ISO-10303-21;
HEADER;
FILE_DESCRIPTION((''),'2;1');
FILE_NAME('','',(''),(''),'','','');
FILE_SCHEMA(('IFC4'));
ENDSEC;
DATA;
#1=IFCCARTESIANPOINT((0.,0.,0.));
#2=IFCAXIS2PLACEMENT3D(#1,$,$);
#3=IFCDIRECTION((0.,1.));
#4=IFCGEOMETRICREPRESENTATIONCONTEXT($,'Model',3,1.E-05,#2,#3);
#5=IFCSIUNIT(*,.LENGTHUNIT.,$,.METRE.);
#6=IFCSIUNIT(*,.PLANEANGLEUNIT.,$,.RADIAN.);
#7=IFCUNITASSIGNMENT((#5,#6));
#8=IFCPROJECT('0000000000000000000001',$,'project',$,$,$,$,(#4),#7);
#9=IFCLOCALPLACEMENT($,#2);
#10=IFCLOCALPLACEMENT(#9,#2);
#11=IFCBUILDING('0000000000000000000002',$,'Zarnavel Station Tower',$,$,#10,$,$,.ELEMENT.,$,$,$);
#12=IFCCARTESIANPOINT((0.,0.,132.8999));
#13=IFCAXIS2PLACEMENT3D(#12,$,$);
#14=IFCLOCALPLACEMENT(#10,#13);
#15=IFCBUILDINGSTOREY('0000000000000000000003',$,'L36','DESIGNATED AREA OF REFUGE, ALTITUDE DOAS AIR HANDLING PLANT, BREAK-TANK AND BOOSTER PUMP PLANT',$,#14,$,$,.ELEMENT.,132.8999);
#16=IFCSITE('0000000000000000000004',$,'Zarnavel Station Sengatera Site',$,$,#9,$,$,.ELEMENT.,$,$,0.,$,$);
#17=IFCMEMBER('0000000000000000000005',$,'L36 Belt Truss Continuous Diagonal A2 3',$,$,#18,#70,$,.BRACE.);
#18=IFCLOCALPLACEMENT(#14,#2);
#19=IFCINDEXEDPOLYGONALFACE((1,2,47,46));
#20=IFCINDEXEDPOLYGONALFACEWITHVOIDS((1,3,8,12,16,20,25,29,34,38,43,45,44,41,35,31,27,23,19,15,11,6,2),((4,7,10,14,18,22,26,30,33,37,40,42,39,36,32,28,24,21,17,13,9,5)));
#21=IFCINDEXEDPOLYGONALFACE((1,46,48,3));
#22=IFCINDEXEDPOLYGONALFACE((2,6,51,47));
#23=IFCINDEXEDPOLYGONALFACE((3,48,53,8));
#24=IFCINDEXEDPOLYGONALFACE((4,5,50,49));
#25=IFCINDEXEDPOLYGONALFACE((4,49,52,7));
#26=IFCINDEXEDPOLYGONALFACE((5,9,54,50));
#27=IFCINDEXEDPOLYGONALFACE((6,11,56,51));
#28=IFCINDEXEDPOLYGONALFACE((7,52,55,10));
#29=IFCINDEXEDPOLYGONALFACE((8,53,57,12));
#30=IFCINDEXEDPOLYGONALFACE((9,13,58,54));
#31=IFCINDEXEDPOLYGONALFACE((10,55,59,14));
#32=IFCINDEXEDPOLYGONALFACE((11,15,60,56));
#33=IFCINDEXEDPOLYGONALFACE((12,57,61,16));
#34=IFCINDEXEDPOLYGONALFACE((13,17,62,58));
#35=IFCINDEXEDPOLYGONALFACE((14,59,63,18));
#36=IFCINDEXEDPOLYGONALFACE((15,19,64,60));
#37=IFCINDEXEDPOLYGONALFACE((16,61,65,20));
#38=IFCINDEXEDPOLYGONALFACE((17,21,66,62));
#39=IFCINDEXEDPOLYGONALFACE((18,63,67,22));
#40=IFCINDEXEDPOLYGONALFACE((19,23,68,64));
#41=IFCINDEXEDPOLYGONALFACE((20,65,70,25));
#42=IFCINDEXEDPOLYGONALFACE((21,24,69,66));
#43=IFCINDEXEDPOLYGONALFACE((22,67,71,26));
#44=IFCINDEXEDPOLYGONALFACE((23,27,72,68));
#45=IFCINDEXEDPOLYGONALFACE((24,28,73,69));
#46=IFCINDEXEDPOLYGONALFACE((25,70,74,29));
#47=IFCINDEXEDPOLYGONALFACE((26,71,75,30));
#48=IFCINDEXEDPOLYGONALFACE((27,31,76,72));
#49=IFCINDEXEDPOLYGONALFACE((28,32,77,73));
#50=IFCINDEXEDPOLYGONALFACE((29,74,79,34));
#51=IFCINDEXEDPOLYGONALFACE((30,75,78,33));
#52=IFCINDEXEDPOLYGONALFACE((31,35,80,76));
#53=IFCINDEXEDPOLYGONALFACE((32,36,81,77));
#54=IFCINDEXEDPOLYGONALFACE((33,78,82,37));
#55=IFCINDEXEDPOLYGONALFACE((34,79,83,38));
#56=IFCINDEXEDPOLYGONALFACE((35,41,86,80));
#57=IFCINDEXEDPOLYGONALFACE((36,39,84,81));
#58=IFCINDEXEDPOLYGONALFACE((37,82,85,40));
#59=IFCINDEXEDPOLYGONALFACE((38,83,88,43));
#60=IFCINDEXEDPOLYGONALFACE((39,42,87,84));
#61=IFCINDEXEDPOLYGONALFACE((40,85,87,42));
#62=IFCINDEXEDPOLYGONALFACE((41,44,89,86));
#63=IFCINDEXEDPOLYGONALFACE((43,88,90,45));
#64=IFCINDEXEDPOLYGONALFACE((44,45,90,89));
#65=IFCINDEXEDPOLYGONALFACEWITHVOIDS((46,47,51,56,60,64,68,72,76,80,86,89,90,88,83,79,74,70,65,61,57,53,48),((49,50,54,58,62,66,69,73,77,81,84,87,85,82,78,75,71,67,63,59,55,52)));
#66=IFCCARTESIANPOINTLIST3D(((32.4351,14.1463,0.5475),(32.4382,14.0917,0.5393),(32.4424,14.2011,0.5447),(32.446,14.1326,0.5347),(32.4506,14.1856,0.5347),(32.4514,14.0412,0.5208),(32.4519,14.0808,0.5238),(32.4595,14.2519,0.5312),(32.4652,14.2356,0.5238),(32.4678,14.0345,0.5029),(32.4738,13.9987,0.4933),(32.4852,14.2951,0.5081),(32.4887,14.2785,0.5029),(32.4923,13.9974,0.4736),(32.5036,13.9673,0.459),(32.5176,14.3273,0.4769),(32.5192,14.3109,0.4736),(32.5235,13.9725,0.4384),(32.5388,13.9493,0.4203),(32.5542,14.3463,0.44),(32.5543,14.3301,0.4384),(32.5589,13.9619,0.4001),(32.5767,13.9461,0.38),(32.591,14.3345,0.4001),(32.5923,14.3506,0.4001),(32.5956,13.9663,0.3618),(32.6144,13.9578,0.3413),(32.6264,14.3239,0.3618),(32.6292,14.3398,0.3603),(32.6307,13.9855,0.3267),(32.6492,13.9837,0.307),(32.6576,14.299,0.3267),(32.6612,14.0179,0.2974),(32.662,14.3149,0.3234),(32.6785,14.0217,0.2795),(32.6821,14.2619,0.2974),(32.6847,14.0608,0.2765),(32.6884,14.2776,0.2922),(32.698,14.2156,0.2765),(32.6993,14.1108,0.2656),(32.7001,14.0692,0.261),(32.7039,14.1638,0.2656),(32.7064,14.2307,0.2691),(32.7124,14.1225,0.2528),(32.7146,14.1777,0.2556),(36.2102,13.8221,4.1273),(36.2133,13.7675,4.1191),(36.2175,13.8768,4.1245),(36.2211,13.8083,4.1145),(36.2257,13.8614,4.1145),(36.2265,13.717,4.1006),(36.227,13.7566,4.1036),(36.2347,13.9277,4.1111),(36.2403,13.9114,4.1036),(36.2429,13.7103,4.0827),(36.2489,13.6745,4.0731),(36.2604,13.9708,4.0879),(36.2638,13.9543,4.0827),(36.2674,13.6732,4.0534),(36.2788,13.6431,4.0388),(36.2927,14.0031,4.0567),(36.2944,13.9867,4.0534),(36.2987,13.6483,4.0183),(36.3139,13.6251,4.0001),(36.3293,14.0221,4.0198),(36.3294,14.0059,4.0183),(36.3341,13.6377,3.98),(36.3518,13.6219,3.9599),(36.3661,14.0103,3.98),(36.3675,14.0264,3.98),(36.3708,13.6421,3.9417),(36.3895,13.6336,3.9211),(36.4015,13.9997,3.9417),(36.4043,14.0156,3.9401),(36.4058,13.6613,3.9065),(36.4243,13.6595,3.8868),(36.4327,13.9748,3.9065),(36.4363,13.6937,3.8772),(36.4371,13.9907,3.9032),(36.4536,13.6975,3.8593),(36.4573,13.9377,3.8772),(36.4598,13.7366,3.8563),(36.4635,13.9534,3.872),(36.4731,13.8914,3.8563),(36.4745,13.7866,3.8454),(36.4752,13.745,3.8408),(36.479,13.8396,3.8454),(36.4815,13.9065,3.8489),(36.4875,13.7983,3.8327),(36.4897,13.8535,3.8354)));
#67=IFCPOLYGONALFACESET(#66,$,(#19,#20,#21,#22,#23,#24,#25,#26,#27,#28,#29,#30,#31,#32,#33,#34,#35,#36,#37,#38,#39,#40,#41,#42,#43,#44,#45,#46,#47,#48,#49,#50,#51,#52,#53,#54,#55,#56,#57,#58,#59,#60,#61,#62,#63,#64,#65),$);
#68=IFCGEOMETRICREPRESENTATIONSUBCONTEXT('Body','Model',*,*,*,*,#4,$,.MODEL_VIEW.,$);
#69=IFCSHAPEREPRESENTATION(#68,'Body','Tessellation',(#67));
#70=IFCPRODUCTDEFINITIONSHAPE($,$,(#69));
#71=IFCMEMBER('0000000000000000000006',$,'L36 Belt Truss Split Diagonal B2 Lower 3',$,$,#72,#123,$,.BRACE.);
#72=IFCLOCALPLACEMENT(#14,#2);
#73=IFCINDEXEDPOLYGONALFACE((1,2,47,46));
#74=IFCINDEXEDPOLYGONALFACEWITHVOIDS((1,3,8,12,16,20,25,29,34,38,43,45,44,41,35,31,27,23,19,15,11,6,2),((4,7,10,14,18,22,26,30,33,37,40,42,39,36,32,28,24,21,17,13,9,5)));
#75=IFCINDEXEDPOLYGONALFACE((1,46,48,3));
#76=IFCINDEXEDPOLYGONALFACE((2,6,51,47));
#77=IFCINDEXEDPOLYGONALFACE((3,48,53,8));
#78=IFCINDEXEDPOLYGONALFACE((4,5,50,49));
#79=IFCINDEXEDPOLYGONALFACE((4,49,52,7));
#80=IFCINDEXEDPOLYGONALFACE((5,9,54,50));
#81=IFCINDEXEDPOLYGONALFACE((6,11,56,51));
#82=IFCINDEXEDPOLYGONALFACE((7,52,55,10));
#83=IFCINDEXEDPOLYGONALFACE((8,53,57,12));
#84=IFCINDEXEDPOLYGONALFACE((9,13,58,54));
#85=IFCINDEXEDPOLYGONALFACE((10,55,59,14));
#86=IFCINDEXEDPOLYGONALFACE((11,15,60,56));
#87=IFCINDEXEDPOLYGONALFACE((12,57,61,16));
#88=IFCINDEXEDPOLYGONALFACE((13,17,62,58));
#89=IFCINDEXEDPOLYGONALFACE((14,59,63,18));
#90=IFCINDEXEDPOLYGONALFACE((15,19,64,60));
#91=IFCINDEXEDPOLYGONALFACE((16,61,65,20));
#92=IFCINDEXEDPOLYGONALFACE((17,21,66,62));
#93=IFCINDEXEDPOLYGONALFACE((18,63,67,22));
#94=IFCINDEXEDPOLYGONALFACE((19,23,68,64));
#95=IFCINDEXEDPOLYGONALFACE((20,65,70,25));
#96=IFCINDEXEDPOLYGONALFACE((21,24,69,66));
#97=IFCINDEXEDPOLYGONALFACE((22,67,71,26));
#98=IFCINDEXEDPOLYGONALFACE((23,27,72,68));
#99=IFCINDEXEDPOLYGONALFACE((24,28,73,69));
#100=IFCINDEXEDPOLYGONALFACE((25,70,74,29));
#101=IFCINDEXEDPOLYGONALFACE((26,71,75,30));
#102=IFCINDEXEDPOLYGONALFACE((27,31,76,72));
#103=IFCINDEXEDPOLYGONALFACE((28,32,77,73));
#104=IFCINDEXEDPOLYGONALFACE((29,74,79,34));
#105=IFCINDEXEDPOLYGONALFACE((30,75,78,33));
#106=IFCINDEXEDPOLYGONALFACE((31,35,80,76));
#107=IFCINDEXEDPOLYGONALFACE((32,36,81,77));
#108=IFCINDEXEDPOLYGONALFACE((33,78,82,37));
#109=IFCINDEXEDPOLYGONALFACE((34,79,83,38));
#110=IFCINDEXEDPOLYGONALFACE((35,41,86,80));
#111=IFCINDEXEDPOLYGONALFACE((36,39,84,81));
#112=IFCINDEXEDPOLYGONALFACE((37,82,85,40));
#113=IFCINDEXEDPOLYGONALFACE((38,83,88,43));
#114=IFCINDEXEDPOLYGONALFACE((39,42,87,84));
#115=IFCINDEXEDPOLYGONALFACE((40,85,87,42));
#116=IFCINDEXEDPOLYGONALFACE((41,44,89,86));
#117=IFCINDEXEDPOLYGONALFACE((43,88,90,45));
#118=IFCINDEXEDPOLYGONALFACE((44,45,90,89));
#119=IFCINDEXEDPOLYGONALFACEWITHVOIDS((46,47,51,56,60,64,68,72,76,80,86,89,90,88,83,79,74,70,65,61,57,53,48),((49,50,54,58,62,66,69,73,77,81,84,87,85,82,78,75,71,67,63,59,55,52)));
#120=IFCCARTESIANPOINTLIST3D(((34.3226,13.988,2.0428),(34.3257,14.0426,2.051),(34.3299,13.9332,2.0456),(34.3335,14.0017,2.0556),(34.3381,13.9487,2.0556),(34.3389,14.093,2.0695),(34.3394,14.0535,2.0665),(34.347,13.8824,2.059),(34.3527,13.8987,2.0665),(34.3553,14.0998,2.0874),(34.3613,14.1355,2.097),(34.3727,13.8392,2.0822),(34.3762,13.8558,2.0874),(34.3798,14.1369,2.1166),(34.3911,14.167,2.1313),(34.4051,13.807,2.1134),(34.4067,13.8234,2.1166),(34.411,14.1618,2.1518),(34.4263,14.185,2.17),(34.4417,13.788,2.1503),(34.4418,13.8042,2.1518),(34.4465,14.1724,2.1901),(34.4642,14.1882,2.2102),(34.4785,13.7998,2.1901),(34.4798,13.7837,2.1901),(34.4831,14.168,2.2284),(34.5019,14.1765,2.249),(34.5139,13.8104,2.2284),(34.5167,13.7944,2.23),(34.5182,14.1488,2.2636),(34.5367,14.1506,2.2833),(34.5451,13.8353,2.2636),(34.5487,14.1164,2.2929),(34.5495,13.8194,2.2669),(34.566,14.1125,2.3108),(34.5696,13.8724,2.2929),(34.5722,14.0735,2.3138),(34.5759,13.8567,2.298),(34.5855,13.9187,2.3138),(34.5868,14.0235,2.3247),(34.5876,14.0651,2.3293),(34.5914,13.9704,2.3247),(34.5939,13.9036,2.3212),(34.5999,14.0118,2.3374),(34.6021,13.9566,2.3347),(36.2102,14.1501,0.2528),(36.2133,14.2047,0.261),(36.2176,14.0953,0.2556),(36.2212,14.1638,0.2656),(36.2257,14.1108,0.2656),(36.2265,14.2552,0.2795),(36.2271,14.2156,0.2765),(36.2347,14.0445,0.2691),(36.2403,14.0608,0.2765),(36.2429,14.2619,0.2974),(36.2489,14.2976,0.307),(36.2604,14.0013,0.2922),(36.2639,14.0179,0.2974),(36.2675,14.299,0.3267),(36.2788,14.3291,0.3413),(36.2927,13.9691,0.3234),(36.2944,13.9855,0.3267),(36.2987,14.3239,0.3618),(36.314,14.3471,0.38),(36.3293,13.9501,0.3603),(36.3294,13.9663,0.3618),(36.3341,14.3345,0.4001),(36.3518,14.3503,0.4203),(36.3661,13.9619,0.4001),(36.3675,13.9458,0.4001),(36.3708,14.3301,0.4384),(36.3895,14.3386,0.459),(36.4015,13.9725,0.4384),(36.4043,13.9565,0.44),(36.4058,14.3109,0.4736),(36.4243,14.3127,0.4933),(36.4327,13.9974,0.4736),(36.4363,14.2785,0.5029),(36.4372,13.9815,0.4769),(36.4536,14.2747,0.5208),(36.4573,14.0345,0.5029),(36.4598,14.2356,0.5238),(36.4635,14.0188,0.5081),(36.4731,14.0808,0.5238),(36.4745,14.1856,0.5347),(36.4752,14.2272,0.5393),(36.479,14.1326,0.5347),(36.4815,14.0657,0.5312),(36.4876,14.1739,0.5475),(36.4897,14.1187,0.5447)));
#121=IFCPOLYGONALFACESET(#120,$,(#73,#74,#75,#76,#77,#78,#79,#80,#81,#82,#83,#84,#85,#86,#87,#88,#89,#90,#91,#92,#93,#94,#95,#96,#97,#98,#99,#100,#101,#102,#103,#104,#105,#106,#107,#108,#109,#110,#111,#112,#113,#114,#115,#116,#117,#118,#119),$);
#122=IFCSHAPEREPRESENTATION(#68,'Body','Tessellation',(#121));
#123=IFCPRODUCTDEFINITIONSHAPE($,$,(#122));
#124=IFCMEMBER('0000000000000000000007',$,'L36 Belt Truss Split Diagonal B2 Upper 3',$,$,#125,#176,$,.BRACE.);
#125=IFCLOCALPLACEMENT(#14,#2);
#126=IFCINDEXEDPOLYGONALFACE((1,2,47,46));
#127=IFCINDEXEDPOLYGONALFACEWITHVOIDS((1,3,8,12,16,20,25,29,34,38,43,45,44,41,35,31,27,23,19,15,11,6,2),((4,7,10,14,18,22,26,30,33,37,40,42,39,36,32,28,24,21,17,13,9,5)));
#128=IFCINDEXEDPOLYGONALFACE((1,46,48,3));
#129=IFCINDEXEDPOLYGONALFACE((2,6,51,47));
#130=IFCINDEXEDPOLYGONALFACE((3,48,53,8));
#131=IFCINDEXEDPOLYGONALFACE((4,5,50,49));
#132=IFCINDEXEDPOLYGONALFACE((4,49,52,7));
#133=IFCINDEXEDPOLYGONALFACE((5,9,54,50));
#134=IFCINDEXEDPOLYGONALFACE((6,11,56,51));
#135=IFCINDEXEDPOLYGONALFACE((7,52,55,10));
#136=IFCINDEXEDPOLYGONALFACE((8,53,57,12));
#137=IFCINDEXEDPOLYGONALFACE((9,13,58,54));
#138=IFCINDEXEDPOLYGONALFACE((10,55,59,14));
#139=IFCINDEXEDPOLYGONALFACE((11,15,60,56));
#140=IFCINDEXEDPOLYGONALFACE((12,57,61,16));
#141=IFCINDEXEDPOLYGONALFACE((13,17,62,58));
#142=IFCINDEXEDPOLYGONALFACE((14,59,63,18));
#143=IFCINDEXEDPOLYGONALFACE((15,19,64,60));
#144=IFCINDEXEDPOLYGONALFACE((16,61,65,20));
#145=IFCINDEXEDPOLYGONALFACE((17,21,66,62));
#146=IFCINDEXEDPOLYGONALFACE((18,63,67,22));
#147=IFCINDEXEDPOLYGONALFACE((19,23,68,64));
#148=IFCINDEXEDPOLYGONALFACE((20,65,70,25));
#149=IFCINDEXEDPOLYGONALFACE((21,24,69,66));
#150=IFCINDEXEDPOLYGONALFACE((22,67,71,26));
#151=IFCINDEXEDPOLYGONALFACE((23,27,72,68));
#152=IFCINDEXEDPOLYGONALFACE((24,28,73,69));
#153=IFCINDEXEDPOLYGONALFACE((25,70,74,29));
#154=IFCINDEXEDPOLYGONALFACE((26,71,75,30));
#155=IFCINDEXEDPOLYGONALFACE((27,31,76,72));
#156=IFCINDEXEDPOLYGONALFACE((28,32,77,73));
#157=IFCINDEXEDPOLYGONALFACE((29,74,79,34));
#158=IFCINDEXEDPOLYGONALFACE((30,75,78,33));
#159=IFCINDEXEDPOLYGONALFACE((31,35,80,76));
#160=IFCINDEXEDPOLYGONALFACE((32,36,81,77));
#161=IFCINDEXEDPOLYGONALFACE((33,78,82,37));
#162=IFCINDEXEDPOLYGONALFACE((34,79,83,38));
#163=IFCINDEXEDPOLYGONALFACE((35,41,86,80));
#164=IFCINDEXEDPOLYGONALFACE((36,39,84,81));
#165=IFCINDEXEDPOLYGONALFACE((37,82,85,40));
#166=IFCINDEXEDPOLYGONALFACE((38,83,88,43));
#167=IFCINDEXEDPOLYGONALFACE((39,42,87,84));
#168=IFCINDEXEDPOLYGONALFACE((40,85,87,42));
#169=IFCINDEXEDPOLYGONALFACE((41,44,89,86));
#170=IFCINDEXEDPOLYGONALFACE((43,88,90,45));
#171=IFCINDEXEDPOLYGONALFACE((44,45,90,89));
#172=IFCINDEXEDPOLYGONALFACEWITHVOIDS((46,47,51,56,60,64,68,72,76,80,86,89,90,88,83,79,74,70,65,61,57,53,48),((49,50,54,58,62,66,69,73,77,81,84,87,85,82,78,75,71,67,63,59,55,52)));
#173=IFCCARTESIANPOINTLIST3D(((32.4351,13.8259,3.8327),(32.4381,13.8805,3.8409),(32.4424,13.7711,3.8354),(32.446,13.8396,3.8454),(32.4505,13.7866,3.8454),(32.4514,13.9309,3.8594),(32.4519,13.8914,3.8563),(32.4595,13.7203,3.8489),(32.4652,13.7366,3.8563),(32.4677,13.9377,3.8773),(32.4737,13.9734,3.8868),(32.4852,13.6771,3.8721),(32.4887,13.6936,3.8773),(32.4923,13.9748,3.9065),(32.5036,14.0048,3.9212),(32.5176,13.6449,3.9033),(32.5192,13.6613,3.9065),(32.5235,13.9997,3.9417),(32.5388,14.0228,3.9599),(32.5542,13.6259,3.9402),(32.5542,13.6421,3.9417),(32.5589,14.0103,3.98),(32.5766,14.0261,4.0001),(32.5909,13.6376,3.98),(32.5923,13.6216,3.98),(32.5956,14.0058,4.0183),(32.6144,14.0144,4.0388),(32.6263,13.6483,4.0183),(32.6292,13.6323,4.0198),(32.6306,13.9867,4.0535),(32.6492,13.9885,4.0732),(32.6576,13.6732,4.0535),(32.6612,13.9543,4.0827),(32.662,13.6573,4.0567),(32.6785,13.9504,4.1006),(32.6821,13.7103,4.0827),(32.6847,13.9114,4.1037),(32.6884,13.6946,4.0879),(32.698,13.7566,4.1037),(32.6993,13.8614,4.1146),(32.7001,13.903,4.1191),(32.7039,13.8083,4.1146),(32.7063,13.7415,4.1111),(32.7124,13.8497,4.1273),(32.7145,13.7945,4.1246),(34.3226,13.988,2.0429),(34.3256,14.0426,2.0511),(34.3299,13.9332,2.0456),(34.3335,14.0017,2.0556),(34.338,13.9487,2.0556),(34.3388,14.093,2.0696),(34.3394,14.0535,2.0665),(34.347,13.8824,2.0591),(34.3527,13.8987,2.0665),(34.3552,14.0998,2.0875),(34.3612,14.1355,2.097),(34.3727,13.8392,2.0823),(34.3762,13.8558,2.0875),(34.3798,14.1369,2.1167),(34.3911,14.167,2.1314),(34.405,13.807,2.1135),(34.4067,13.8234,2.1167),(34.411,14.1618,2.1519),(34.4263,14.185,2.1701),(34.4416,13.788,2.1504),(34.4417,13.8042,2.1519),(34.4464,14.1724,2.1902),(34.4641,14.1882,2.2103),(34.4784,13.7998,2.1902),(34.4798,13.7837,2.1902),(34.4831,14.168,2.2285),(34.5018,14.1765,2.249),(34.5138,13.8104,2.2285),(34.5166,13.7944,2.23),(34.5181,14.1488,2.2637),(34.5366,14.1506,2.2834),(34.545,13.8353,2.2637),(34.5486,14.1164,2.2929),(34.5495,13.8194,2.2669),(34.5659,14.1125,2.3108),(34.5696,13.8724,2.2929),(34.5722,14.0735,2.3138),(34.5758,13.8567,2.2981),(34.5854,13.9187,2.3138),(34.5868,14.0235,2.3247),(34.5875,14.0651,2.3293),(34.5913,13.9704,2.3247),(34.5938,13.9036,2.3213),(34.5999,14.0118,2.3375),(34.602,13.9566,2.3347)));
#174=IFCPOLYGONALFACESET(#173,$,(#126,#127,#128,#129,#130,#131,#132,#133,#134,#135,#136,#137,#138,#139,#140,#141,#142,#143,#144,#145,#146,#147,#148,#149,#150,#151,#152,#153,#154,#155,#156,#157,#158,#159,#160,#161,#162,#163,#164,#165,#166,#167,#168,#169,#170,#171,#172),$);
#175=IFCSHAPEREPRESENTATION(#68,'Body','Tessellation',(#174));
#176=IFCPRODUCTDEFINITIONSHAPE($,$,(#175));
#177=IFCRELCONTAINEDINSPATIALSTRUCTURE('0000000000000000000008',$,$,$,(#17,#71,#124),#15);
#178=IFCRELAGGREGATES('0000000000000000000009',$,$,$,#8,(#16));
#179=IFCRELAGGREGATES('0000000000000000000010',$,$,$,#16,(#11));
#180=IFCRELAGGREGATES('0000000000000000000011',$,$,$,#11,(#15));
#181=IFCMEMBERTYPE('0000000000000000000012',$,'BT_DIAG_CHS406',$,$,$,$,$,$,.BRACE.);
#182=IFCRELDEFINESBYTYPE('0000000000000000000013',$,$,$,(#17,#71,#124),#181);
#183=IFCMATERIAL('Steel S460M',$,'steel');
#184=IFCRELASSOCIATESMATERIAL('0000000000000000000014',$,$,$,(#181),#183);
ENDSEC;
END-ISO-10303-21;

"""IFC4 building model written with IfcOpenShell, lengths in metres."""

from ifc_helpers import new_model, si_unit, direction, frame, origin, origin_2d, place, context, subcontext, project, spatial, hollow_circle, extrude, material, material_profile, profile_set, type_object, element, save


model = new_model("IFC4")

# Units and contexts
model_context = context("Model", 3, precision=1e-05, world=origin(), true_north=direction((0.0, 1.0)))
body_context = subcontext(model_context, "Body", "Model", "MODEL_VIEW")
ifc_project = project(units=[si_unit("LENGTHUNIT", "METRE"), si_unit("PLANEANGLEUNIT", "RADIAN")], contexts=[model_context])

# Site, building, storey
site_placement = place(None, origin())
site = spatial("IfcSite", under=ifc_project, at=site_placement, Name="Zarnavel Station Sengatera Site", CompositionType="ELEMENT", RefElevation=0.0)
building_placement = place(site_placement, origin())
building = spatial("IfcBuilding", under=site, at=building_placement, Name="Zarnavel Station Tower", CompositionType="ELEMENT")
storey_placement = place(building_placement, frame((0.0, 0.0, 132.8999)))
storey = spatial("IfcBuildingStorey", under=building, at=storey_placement, Name="L36", Description="DESIGNATED AREA OF REFUGE, ALTITUDE DOAS AIR HANDLING PLANT, BREAK-TANK AND BOOSTER PUMP PLANT", CompositionType="ELEMENT", Elevation=132.8999)

# Members
ifc_material_1 = material(Name="Steel S460M", Category="steel")
ifc_material_profile_1 = material_profile(ifc_material_1, hollow_circle(Radius=0.2031, WallThickness=0.0161, at=origin_2d()), Name="CHS406.4x16")
ifc_profile_set_1 = profile_set([ifc_material_profile_1], Name="Steel S460M")
member_type_1 = type_object("IfcMemberType", Name="BT_DIAG_CHS406", PredefinedType="BRACE", material=ifc_profile_set_1)
member_1_placement = place(storey_placement, frame((32.575, 14.1482, 0.4001), z_axis=(0.724223, -0.062198, 0.686755), x_axis=(0.085567, 0.996332, 0.0)))
element("IfcMember", 1, at=member_1_placement, inside=storey, type_object=member_type_1, Name="L36 Belt Truss Continuous Diagonal A2 3", PredefinedType="BRACE", context=body_context, shape_type="SweptSolid", body=[
    extrude(hollow_circle(Radius=0.2031, WallThickness=0.0161, at=origin_2d()), origin(), (0.0, 0.0, 1.0), 5.2126),
])
member_2_placement = place(storey_placement, frame((36.3501, 14.1482, 0.4001), z_axis=(-0.724222, -0.062194, 0.686756), x_axis=(0.085562, -0.996333, 0.0)))
element("IfcMember", 2, at=member_2_placement, inside=storey, type_object=member_type_1, Name="L36 Belt Truss Split Diagonal B2 Lower 3", PredefinedType="BRACE", context=body_context, shape_type="SweptSolid", body=[
    extrude(hollow_circle(Radius=0.2031, WallThickness=0.0161, at=origin_2d()), origin(), (0.0, 0.0, 1.0), 2.6064),
])
member_3_placement = place(storey_placement, frame((34.4624, 13.9861, 2.1902), z_axis=(-0.724224, -0.062202, 0.686753), x_axis=(0.085573, -0.996332, 0.0)))
element("IfcMember", 3, at=member_3_placement, inside=storey, type_object=member_type_1, Name="L36 Belt Truss Split Diagonal B2 Upper 3", PredefinedType="BRACE", context=body_context, shape_type="SweptSolid", body=[
    extrude(hollow_circle(Radius=0.2031, WallThickness=0.0161, at=origin_2d()), origin(), (0.0, 0.0, 1.0), 2.6062),
])

save(model, "model.ifc")
